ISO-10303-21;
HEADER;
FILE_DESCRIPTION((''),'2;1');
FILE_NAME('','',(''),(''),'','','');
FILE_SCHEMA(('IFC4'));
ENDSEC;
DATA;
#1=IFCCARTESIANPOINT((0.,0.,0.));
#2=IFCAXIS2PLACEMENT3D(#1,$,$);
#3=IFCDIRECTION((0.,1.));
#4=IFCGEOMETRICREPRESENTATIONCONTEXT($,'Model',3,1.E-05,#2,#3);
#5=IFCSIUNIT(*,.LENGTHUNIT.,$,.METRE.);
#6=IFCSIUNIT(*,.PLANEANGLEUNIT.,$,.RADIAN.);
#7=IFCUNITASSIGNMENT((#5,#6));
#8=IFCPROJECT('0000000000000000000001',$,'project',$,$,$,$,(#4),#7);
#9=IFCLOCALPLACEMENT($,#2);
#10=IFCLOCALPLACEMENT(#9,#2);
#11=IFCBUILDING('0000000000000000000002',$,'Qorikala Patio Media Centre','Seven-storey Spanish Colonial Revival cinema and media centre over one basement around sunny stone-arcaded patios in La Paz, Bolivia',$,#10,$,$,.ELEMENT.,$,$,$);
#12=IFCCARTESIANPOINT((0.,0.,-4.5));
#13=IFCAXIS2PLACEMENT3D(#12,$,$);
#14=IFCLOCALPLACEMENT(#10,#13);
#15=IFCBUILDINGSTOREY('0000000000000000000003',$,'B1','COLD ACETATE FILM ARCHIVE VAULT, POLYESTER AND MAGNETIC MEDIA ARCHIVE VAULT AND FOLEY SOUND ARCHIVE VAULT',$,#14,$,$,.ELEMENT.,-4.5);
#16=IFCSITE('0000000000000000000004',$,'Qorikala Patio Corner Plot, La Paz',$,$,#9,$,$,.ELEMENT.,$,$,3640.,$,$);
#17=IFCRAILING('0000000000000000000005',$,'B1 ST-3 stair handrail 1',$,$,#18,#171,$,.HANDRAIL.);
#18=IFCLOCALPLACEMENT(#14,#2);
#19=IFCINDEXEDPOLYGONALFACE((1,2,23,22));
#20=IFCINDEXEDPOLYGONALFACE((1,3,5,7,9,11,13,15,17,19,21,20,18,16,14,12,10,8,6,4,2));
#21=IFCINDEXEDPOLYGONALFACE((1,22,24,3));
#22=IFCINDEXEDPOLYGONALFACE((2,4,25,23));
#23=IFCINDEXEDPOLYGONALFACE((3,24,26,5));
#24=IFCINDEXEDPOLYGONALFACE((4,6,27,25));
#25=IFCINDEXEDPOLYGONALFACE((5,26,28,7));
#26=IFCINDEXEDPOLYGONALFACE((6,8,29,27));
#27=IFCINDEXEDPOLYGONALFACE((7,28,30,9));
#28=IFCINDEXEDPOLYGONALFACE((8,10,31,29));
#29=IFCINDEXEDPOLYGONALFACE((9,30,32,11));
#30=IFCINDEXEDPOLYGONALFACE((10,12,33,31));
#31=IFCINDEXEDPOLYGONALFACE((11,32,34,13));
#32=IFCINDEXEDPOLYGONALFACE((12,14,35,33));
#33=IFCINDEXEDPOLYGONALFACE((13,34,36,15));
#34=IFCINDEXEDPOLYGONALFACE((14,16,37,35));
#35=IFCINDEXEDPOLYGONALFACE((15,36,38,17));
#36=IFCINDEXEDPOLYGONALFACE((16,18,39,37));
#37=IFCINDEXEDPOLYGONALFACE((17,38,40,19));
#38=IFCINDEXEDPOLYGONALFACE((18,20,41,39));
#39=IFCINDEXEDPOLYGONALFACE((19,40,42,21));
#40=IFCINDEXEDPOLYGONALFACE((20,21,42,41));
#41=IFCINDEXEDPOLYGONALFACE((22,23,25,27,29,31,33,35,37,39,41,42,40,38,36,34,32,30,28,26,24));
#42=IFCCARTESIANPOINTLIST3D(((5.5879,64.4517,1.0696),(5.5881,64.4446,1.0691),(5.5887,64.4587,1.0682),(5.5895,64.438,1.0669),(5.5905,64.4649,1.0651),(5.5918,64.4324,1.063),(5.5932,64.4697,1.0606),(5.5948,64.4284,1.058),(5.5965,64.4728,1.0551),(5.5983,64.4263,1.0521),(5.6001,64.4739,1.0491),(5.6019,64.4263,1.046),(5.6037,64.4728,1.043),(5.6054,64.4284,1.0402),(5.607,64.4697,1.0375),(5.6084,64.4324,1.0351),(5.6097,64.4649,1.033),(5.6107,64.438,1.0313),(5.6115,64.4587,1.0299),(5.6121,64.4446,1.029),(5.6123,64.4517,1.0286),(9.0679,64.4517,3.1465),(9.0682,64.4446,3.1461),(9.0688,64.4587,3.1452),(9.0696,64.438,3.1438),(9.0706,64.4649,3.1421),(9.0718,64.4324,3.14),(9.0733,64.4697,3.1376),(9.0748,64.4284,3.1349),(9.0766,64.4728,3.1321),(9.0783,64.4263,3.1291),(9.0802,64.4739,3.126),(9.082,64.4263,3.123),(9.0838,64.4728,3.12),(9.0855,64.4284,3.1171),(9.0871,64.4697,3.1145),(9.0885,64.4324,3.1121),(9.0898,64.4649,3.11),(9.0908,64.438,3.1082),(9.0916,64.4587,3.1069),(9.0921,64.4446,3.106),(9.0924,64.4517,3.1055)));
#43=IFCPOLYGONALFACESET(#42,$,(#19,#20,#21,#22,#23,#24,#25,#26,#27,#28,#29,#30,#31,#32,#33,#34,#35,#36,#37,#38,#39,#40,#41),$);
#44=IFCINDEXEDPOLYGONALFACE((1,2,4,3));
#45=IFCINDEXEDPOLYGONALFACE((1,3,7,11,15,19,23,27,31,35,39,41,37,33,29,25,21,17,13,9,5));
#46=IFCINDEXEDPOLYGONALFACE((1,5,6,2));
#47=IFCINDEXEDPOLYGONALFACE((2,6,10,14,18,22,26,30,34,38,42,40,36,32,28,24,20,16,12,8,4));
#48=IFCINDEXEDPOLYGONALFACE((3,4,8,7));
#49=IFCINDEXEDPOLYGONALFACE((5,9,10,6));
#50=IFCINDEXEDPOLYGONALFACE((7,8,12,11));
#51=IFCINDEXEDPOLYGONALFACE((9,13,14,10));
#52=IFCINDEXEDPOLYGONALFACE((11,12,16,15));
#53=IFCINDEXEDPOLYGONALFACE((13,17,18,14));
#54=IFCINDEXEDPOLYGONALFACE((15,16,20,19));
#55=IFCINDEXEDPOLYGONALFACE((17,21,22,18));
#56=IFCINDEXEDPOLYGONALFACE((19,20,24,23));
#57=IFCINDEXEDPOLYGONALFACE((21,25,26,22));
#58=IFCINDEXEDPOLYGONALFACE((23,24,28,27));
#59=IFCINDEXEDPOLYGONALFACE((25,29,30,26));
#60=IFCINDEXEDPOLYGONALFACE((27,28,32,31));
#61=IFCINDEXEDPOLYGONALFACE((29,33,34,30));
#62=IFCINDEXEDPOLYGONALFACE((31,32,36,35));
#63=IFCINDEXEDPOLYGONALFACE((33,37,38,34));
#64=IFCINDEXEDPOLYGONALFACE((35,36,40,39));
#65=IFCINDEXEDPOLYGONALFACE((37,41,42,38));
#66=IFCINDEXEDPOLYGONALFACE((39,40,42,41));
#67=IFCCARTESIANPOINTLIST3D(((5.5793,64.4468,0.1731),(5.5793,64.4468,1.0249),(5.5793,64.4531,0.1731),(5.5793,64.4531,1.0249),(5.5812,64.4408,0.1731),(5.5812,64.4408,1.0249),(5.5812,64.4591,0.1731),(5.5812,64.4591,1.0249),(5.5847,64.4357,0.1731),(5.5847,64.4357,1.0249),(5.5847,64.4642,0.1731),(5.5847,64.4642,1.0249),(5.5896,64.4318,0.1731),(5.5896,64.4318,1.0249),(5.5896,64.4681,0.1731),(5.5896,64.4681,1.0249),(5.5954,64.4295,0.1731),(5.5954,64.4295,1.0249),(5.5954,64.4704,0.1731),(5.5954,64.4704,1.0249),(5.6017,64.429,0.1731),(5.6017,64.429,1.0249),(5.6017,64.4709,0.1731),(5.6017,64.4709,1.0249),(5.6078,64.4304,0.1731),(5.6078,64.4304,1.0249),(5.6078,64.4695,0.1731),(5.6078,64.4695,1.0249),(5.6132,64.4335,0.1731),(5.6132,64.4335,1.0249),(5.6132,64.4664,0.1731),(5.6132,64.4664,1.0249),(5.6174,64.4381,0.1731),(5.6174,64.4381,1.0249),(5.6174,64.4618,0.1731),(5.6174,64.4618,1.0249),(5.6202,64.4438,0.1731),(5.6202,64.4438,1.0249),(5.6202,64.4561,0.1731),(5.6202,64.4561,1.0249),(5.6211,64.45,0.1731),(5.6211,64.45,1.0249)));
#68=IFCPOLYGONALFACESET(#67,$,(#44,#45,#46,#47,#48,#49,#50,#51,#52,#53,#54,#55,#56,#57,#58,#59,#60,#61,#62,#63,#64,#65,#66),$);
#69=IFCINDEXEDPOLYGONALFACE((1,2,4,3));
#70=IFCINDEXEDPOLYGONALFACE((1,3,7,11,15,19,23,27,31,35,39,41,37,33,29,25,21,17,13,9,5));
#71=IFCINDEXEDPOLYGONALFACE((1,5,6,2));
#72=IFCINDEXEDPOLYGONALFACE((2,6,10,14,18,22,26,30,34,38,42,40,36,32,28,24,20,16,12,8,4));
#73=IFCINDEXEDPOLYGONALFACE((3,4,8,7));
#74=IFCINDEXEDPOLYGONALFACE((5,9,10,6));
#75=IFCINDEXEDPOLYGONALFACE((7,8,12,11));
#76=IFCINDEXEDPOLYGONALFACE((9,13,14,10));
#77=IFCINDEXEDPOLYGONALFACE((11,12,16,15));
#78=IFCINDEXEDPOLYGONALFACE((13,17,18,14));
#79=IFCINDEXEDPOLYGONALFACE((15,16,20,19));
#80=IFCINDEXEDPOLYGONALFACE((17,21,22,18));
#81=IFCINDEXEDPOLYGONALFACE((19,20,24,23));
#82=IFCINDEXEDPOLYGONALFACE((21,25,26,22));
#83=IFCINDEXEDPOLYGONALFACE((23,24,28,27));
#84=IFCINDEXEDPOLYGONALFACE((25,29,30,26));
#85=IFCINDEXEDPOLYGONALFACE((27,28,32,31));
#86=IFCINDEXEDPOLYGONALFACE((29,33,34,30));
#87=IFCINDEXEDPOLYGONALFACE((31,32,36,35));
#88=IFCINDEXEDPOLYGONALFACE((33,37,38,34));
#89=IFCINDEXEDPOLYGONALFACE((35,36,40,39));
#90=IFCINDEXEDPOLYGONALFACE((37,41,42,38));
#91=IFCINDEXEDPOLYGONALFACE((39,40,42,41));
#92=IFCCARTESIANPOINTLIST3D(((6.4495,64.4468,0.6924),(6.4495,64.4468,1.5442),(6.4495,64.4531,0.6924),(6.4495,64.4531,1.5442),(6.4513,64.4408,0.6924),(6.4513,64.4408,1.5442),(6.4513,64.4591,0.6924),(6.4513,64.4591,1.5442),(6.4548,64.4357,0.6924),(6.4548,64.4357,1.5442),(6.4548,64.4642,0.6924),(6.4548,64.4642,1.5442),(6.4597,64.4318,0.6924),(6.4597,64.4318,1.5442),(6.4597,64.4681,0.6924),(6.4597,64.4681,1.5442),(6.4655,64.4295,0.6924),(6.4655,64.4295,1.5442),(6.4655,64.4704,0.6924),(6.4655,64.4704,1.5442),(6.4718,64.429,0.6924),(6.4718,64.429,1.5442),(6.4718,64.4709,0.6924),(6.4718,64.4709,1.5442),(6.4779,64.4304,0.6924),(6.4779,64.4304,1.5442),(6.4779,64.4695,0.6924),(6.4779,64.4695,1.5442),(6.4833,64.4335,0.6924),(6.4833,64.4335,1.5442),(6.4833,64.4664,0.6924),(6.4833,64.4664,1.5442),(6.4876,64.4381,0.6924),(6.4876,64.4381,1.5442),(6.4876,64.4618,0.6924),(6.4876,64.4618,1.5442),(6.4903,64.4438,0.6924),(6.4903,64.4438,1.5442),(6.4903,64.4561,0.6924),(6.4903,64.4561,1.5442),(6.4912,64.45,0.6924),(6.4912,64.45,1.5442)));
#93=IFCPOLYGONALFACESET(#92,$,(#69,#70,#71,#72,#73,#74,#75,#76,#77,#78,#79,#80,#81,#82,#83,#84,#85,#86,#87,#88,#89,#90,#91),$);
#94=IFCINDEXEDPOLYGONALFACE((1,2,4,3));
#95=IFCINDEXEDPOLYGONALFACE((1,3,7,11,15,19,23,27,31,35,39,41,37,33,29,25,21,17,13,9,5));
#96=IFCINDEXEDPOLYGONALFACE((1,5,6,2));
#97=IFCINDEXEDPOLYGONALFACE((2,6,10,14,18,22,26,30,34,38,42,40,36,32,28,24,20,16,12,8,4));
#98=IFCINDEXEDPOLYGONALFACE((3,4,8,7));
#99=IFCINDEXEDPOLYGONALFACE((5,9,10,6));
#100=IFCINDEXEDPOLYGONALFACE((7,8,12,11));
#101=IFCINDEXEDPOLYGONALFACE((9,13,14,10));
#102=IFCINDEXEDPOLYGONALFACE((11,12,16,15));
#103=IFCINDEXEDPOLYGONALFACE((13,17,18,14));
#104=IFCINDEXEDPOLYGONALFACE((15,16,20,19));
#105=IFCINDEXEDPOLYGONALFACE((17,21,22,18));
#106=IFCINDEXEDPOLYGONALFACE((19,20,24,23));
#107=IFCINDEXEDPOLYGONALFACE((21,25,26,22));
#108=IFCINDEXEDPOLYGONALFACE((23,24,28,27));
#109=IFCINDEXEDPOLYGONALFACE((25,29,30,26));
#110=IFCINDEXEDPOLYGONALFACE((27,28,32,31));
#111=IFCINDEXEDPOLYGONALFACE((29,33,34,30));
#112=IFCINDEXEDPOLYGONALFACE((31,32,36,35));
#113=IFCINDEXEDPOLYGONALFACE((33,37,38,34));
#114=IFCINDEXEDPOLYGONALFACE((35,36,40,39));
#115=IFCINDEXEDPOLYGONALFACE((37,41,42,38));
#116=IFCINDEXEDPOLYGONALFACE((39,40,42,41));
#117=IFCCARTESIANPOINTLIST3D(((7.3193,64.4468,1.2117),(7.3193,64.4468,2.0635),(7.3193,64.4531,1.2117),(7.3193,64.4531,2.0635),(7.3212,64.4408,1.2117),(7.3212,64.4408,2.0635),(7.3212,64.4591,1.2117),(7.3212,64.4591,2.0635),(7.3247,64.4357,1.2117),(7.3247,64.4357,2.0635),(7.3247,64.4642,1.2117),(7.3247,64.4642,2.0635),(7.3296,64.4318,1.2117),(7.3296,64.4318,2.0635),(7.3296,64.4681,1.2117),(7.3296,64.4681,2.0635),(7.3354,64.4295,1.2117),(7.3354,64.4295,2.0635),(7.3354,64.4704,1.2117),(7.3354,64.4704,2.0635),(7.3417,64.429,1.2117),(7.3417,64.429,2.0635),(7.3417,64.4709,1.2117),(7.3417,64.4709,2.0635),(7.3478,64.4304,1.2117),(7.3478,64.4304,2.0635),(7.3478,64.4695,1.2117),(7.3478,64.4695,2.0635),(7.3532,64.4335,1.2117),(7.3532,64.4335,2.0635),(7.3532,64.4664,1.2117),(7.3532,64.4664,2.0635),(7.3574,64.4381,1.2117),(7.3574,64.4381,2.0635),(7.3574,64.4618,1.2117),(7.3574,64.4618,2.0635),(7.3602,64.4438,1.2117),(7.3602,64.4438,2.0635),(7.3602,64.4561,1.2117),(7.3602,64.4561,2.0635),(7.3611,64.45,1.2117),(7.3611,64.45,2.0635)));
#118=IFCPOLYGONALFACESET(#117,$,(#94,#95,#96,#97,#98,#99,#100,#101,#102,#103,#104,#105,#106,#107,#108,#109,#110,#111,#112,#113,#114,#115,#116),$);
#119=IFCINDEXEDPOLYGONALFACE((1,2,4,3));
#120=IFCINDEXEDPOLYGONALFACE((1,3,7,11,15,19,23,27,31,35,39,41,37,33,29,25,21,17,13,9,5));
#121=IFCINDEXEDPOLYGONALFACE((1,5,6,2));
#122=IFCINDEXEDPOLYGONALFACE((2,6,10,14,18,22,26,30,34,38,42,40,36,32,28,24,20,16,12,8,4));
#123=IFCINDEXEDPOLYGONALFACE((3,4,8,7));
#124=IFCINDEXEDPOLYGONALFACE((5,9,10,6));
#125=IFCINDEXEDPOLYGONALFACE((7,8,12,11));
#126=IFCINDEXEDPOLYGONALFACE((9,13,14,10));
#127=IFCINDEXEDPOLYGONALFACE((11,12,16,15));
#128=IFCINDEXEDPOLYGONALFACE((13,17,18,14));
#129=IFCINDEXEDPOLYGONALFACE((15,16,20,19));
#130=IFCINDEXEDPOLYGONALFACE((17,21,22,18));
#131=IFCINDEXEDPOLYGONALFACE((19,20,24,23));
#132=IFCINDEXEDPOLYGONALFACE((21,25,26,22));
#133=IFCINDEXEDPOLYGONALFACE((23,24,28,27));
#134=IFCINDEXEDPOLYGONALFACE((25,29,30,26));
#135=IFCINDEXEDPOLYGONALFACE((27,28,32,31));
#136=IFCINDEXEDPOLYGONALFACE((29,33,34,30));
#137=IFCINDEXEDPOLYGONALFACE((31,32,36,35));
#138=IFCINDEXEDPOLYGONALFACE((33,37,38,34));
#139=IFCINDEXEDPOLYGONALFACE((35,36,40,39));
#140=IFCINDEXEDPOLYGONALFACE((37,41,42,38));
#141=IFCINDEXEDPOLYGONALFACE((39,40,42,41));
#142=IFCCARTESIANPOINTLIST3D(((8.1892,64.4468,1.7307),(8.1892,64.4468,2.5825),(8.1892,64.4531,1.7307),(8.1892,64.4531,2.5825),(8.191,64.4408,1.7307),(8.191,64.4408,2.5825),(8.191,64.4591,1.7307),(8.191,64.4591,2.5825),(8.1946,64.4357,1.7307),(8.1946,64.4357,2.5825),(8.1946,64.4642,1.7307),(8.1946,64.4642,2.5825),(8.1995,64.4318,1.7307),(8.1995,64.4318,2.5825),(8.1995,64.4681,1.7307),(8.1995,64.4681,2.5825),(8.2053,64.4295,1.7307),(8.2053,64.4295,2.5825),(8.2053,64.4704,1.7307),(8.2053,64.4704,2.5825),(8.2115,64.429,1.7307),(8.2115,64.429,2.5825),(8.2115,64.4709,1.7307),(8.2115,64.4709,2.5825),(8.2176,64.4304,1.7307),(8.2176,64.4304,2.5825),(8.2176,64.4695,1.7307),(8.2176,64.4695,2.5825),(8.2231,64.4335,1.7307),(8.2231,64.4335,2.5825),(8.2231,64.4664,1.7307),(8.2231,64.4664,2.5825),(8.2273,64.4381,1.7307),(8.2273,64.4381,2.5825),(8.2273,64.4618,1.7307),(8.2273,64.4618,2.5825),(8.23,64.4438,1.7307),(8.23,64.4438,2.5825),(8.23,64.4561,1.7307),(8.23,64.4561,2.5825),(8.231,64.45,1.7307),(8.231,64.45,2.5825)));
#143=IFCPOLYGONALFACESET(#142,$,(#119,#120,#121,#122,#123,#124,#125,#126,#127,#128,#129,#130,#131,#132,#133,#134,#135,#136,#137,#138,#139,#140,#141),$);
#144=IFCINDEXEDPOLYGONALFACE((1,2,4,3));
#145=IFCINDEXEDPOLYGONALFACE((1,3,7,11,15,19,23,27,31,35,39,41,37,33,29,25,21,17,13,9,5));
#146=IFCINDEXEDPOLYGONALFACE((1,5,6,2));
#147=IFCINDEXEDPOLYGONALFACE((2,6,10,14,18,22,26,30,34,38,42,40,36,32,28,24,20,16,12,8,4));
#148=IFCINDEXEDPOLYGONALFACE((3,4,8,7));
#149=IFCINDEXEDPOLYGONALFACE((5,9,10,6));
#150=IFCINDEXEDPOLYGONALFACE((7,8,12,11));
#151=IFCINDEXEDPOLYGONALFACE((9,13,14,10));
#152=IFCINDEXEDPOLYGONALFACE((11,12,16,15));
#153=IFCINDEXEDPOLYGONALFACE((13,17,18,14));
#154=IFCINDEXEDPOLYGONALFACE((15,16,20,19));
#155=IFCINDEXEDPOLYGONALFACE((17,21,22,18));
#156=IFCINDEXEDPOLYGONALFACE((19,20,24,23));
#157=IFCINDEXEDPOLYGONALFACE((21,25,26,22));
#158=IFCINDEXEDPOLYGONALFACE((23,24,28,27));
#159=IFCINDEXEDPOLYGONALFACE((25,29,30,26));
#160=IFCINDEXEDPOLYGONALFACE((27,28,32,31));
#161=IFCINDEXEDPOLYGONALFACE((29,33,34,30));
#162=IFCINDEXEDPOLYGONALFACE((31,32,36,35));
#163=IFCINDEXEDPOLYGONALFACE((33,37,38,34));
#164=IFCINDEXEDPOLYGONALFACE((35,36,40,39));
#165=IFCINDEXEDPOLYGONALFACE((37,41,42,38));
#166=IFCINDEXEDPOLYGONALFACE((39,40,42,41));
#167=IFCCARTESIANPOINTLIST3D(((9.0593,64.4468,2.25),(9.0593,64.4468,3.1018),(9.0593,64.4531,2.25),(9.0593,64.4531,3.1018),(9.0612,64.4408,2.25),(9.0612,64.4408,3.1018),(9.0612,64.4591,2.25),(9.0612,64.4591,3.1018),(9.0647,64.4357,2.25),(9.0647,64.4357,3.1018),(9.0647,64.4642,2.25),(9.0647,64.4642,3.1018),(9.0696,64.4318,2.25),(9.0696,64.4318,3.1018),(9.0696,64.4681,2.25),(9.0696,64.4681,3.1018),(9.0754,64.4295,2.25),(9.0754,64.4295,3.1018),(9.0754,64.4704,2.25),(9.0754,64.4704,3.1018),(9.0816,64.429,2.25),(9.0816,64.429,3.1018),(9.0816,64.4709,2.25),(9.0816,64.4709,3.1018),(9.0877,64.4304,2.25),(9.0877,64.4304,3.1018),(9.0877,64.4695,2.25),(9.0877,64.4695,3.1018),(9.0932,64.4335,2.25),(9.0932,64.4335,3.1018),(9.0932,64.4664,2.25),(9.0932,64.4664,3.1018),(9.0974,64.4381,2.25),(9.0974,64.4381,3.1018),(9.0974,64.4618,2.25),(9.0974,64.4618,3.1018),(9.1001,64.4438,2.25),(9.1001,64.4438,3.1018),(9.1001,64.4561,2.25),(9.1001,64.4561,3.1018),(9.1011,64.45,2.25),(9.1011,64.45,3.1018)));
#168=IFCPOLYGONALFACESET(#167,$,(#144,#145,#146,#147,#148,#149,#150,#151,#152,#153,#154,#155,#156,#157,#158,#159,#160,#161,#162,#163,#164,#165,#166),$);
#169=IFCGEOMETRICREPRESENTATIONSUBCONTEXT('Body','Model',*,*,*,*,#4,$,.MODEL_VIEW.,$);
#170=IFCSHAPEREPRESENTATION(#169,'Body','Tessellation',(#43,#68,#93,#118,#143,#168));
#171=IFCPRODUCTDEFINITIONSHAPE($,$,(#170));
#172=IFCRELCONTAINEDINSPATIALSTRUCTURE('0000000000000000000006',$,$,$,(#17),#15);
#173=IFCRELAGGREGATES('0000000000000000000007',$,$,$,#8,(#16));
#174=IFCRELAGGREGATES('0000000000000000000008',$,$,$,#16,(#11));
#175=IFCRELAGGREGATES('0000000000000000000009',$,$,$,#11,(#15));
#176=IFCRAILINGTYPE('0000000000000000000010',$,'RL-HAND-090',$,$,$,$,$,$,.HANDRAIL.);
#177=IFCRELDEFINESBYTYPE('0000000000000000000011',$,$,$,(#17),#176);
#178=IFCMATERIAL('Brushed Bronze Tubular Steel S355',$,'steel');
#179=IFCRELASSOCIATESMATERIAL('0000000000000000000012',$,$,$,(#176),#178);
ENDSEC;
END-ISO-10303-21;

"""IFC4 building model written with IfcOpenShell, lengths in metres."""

from ifc_helpers import new_model, si_unit, direction, frame, origin, origin_2d, place, context, subcontext, project, spatial, circle, extrude, material, type_object, element, save


model = new_model("IFC4")

# Units and contexts
model_context = context("Model", 3, precision=1e-05, world=origin(), true_north=direction((0.0, 1.0)))
body_context = subcontext(model_context, "Body", "Model", "MODEL_VIEW")
ifc_project = project(units=[si_unit("LENGTHUNIT", "METRE"), si_unit("PLANEANGLEUNIT", "RADIAN")], contexts=[model_context])

# Site, building, storey
site_placement = place(None, origin())
site = spatial("IfcSite", under=ifc_project, at=site_placement, Name="Qorikala Patio Corner Plot, La Paz", CompositionType="ELEMENT", RefElevation=3640.0)
building_placement = place(site_placement, origin())
building = spatial("IfcBuilding", under=site, at=building_placement, Name="Qorikala Patio Media Centre", Description="Seven-storey Spanish Colonial Revival cinema and media centre over one basement around sunny stone-arcaded patios in La Paz, Bolivia", CompositionType="ELEMENT")
storey_placement = place(building_placement, frame((0.0, 0.0, -4.5)))
storey = spatial("IfcBuildingStorey", under=building, at=storey_placement, Name="B1", Description="COLD ACETATE FILM ARCHIVE VAULT, POLYESTER AND MAGNETIC MEDIA ARCHIVE VAULT AND FOLEY SOUND ARCHIVE VAULT", CompositionType="ELEMENT", Elevation=-4.5)

# Railing
ifc_material_1 = material(Name="Brushed Bronze Tubular Steel S355", Category="steel")
railing_type_1 = type_object("IfcRailingType", Name="RL-HAND-090", PredefinedType="HANDRAIL", material=ifc_material_1)
railing_1_placement = place(storey_placement, frame((5.6001, 64.45, 0.1731)))
element("IfcRailing", 1, at=railing_1_placement, inside=storey, type_object=railing_type_1, Name="B1 ST-3 stair handrail 1", PredefinedType="HANDRAIL", context=body_context, shape_type="SweptSolid", body=[
    extrude(circle(Radius=0.0239, at=origin_2d()), frame((0.0, 0.0, 0.876), z_axis=(0.858697, 0.0, 0.512483), x_axis=(0.0, 1.0, 0.0)), (0.0, 0.0, 1.0), 4.0527),
    extrude(circle(Radius=0.021, at=origin_2d()), origin(), (0.0, 0.0, 1.0), 0.8518),
    extrude(circle(Radius=0.021, at=origin_2d()), frame((0.8701, 0.0, 0.5193)), (0.0, 0.0, 1.0), 0.8518),
    extrude(circle(Radius=0.021, at=origin_2d()), frame((1.74, 0.0, 1.0386)), (0.0, 0.0, 1.0), 0.8518),
    extrude(circle(Radius=0.021, at=origin_2d()), frame((2.6099, 0.0, 1.5576)), (0.0, 0.0, 1.0), 0.8518),
    extrude(circle(Radius=0.021, at=origin_2d()), frame((3.48, 0.0, 2.0769)), (0.0, 0.0, 1.0), 0.8518),
])

save(model, "model.ifc")
